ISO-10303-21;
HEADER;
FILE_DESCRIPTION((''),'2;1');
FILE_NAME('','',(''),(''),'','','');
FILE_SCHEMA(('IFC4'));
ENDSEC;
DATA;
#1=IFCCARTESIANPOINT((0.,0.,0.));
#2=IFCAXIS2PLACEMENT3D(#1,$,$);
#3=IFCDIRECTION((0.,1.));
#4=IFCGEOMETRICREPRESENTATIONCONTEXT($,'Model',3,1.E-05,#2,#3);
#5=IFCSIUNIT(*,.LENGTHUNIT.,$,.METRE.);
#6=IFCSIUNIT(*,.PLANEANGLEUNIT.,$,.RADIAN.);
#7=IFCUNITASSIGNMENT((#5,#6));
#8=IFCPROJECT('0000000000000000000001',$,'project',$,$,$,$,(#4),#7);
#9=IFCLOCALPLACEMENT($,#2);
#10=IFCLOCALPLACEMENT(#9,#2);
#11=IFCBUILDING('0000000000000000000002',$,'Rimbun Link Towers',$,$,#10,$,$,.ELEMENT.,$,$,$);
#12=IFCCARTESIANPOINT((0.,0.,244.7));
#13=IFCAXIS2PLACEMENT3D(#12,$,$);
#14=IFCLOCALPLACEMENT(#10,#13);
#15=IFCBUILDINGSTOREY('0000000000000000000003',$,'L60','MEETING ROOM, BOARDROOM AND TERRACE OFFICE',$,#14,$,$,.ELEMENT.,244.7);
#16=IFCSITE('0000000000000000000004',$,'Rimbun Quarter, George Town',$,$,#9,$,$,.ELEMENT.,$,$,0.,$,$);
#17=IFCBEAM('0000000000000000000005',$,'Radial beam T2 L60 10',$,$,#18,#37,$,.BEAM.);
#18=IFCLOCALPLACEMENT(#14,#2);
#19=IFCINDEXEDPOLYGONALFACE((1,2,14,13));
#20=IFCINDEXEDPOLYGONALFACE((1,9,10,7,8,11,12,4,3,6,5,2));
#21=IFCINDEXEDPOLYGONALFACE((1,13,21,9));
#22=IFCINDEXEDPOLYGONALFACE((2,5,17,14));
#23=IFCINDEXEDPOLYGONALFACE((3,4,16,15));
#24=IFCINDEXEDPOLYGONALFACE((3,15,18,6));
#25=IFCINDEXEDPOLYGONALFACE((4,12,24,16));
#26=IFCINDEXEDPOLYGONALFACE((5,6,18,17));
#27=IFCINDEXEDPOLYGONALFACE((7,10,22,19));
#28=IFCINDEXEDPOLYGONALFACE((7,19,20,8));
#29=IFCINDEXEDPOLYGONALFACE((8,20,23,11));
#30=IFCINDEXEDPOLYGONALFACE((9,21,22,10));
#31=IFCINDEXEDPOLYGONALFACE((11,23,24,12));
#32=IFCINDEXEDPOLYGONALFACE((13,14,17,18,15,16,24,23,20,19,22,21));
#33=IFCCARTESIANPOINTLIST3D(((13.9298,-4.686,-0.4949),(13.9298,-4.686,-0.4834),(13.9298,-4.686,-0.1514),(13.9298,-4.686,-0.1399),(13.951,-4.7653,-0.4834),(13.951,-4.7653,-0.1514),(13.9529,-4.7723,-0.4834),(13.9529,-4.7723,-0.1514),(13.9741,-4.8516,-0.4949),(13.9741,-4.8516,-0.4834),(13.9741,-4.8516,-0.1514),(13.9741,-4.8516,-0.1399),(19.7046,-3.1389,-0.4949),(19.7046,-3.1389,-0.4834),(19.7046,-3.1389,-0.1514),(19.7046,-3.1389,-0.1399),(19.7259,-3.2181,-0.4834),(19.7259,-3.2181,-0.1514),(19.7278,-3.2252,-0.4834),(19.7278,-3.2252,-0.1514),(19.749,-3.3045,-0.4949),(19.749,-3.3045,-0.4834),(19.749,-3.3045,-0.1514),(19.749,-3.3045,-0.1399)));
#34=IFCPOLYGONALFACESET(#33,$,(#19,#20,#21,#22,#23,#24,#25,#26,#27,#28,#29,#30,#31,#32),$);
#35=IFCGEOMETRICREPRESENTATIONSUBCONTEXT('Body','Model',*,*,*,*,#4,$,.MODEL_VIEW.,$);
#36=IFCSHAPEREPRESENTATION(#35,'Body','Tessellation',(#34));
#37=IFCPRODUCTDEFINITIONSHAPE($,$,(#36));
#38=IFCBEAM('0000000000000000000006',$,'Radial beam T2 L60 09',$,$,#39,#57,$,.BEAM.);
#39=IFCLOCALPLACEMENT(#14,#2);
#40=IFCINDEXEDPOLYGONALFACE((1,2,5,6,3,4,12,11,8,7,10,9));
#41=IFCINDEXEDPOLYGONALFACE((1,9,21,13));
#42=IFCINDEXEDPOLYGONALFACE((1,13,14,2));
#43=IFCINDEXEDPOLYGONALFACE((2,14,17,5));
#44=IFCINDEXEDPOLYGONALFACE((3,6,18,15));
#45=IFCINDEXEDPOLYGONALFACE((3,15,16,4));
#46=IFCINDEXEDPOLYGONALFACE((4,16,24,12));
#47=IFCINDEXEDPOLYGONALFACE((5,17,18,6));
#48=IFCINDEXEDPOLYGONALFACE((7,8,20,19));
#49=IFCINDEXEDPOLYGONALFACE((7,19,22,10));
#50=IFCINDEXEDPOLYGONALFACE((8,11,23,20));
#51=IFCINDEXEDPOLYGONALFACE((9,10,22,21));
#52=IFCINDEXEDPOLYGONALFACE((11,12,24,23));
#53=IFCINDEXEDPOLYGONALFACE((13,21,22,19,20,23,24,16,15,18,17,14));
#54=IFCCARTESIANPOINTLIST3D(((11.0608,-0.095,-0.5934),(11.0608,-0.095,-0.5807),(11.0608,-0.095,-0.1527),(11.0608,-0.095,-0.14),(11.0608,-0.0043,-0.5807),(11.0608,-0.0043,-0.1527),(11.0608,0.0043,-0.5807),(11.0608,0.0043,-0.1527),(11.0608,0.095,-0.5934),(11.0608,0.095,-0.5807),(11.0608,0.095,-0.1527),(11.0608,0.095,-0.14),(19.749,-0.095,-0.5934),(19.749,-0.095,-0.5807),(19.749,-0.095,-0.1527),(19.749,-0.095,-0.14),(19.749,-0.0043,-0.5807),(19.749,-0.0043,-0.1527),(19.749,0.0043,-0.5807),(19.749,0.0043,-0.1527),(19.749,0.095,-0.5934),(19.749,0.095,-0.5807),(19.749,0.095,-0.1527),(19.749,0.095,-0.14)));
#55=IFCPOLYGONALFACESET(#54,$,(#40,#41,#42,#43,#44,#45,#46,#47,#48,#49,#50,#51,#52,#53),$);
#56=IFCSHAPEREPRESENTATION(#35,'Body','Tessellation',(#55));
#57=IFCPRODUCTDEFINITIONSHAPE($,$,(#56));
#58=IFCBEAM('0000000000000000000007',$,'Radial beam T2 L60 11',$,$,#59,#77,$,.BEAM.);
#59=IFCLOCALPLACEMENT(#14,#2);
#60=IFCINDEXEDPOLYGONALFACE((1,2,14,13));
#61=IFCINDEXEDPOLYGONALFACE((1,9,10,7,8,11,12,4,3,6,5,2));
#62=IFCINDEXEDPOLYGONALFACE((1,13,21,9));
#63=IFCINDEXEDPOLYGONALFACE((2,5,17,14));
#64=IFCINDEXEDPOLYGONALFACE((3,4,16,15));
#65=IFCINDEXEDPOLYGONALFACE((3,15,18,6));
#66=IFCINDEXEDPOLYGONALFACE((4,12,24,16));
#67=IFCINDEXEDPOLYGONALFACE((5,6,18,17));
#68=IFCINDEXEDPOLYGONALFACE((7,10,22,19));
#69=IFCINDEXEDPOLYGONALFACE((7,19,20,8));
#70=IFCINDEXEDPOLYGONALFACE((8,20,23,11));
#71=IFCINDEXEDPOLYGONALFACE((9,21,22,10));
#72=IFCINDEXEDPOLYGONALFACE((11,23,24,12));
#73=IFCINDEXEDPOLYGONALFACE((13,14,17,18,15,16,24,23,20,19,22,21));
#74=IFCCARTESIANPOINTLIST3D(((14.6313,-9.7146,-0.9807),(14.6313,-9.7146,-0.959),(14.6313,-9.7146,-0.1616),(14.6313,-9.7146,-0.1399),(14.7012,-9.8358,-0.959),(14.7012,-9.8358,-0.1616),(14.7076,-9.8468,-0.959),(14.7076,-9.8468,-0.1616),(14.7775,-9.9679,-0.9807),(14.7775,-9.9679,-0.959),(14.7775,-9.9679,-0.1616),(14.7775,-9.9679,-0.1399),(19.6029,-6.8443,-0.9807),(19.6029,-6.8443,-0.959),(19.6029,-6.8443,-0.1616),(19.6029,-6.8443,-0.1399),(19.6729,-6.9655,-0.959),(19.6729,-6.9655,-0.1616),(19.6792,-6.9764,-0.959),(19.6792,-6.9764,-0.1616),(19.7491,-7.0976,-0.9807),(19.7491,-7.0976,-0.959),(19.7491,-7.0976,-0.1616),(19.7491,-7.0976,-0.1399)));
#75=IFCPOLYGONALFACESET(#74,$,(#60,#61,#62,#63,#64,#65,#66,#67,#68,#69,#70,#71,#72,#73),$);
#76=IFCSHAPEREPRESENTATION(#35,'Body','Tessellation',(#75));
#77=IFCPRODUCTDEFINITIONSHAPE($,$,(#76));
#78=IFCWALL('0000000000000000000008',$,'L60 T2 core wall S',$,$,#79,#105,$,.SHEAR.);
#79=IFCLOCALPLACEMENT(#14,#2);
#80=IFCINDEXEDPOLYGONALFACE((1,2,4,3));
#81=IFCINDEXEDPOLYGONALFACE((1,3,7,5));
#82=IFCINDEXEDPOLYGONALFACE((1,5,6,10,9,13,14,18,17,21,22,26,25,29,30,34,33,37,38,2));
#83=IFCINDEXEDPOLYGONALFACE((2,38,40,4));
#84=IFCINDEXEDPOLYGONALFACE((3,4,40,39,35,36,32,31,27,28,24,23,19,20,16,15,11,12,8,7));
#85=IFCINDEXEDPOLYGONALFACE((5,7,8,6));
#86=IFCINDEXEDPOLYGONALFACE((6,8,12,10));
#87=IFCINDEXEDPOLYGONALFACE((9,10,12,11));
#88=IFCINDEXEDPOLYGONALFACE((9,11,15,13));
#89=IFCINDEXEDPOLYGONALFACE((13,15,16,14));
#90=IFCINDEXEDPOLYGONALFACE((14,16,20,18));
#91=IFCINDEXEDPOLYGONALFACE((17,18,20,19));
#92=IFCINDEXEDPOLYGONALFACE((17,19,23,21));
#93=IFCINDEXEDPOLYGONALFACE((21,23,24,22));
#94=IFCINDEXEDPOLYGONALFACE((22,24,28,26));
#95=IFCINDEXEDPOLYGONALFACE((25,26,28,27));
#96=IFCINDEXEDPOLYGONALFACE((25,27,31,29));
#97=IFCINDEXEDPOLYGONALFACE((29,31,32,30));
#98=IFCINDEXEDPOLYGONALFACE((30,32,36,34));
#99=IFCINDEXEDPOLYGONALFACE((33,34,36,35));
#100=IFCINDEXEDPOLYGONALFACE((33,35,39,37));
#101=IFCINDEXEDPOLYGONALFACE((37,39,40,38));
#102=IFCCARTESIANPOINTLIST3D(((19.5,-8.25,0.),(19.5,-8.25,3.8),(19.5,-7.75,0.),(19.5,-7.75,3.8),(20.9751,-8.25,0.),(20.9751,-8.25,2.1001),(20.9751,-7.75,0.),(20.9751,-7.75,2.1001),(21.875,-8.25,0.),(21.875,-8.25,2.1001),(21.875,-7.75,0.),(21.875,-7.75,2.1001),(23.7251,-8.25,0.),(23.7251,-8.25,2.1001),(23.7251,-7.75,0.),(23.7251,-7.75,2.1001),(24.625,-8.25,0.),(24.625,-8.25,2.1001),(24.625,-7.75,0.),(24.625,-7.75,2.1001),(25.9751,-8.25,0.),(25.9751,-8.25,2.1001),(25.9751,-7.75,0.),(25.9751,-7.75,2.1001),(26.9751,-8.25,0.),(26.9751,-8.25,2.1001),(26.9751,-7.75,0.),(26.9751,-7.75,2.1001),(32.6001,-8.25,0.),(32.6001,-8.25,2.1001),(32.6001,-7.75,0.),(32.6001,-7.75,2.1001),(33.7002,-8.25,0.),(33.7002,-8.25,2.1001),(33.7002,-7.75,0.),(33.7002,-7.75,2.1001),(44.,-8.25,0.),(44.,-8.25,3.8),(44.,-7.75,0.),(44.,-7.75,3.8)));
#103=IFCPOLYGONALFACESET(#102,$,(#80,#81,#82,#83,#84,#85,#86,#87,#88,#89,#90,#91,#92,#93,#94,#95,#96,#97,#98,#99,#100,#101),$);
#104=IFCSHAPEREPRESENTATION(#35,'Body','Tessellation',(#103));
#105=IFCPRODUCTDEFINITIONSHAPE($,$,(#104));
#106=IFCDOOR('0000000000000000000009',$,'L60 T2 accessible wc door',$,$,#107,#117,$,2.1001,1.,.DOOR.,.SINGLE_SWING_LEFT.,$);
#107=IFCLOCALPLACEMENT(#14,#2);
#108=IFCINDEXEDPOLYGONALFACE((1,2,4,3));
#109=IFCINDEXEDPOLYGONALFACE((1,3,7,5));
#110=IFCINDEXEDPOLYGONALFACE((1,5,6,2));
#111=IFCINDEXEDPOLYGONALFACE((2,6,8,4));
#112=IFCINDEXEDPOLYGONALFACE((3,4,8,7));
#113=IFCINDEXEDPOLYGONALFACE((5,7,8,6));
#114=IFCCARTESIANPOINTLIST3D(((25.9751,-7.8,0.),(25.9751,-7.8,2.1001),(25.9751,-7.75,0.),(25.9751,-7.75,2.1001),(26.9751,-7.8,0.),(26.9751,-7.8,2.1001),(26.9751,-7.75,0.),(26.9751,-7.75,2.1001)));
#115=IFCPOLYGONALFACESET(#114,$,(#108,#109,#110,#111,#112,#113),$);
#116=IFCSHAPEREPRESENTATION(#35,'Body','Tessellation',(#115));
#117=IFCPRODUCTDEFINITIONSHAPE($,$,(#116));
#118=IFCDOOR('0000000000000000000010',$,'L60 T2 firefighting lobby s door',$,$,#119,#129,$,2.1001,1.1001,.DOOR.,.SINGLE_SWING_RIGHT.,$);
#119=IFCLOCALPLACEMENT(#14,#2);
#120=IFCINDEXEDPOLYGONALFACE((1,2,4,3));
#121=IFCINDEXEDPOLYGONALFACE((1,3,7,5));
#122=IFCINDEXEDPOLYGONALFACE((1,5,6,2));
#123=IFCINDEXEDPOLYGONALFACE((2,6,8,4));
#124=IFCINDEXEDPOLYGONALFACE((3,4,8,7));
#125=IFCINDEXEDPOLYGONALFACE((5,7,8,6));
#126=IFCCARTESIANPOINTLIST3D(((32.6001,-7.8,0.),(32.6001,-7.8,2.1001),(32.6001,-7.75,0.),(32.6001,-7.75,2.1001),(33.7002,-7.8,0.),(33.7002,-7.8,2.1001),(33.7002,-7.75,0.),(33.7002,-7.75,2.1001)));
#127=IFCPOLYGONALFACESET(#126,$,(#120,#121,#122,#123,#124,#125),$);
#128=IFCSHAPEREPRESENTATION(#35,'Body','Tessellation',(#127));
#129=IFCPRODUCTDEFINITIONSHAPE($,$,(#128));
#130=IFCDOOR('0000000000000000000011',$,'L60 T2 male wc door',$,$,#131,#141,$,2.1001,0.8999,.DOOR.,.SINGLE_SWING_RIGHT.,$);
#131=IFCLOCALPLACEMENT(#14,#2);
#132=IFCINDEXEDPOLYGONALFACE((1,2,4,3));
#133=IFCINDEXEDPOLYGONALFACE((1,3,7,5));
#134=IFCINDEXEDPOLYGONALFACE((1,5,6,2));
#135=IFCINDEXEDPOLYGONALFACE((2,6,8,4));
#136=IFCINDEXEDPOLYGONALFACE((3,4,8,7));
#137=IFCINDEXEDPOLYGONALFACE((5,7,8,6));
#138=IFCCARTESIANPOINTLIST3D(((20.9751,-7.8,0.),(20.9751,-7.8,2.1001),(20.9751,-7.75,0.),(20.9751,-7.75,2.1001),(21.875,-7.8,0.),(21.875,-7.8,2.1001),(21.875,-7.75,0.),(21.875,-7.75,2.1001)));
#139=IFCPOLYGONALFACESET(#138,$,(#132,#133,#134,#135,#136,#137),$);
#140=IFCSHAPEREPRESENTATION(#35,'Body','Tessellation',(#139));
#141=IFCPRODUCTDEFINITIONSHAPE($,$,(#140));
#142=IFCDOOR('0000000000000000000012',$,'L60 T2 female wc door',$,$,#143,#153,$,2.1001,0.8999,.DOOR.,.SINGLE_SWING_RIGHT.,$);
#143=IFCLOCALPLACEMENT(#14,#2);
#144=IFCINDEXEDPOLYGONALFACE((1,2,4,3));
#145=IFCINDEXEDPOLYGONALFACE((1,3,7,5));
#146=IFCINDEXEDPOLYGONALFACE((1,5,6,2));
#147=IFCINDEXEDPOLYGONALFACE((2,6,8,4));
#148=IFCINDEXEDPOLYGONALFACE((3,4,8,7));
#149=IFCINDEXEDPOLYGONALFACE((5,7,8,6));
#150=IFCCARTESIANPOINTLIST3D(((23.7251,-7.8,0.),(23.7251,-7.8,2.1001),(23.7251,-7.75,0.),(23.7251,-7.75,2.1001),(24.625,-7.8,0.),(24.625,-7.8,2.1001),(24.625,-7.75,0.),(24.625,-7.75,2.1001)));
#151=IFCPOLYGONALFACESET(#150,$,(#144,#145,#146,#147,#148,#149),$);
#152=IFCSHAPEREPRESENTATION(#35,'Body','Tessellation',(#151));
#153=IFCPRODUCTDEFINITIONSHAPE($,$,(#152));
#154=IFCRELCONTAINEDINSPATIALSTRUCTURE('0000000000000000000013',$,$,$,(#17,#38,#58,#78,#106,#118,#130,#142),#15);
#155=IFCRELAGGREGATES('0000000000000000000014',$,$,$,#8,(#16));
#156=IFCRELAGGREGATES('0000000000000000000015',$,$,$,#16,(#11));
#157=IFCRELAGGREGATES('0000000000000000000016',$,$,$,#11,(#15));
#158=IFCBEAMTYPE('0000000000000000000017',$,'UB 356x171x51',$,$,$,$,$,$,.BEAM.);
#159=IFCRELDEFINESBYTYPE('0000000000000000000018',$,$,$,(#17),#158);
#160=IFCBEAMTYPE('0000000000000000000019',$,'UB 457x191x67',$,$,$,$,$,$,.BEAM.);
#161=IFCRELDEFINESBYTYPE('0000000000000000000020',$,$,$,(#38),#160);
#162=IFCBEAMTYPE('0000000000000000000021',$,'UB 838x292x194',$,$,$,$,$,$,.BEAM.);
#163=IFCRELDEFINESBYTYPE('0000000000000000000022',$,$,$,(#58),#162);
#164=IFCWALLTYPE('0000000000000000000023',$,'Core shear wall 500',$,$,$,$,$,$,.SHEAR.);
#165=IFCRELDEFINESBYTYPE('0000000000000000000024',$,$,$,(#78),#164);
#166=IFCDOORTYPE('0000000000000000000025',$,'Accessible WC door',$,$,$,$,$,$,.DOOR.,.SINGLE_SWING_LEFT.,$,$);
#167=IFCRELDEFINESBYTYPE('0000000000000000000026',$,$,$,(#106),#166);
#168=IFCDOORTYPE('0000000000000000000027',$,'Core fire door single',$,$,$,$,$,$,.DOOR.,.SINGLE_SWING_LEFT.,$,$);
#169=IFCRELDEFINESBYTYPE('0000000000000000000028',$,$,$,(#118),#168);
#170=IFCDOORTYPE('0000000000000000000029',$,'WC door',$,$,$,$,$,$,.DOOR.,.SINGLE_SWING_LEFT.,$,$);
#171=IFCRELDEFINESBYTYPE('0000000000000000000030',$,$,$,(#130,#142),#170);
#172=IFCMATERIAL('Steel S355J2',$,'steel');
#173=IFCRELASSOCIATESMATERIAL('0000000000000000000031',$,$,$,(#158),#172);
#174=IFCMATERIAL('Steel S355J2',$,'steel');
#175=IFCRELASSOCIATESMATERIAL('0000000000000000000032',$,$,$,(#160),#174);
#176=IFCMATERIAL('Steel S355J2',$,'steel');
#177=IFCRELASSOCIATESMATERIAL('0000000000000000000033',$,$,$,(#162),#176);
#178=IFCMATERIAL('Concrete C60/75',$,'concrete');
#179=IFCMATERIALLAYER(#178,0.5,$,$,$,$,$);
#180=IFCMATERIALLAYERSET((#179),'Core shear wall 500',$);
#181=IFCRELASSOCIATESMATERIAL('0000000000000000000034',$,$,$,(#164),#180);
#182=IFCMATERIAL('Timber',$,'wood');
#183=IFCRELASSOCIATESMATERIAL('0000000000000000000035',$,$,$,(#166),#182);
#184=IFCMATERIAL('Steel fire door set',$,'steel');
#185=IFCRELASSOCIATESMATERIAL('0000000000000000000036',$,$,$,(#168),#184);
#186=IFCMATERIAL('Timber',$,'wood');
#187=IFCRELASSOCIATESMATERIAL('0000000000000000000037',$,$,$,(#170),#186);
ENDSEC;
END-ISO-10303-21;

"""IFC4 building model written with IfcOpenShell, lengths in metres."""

from ifc_helpers import new_model, si_unit, direction, frame, frame_2d, origin, origin_2d, place, context, subcontext, project, spatial, rectangle, i_section, extrude, material, layer, layer_set, material_profile, profile_set, type_object, element, fill, save


model = new_model("IFC4")

# Units and contexts
model_context = context("Model", 3, precision=1e-05, world=origin(), true_north=direction((0.0, 1.0)))
body_context = subcontext(model_context, "Body", "Model", "MODEL_VIEW")
ifc_project = project(units=[si_unit("LENGTHUNIT", "METRE"), si_unit("PLANEANGLEUNIT", "RADIAN")], contexts=[model_context])

# Site, building, storey
site_placement = place(None, origin())
site = spatial("IfcSite", under=ifc_project, at=site_placement, Name="Rimbun Quarter, George Town", CompositionType="ELEMENT", RefElevation=0.0)
building_placement = place(site_placement, origin())
building = spatial("IfcBuilding", under=site, at=building_placement, Name="Rimbun Link Towers", CompositionType="ELEMENT")
storey_placement = place(building_placement, frame((0.0, 0.0, 244.7)))
storey = spatial("IfcBuildingStorey", under=building, at=storey_placement, Name="L60", Description="MEETING ROOM, BOARDROOM AND TERRACE OFFICE", CompositionType="ELEMENT", Elevation=244.7)

# Beams
ifc_material_1 = material(Name="Steel S355J2", Category="steel")
ifc_material_profile_1 = material_profile(ifc_material_1, i_section(OverallWidth=0.1714, OverallDepth=0.355, WebThickness=0.0073, FlangeThickness=0.0115, at=origin_2d()), Name="UB 356x171x51")
ifc_profile_set_1 = profile_set([ifc_material_profile_1], Name="Steel S355J2")
beam_type_1 = type_object("IfcBeamType", Name="UB 356x171x51", PredefinedType="BEAM", material=ifc_profile_set_1)
beam_1_placement = place(storey_placement, frame((19.7268, -3.2217, -0.3174), z_axis=(-0.965937, -0.258778, 0.0), x_axis=(0.258778, -0.965937, 0.0)))
element("IfcBeam", 1, at=beam_1_placement, inside=storey, type_object=beam_type_1, Name="Radial beam T2 L60 10", PredefinedType="BEAM", context=body_context, shape_type="SweptSolid", body=[
    extrude(i_section(OverallWidth=0.1714, OverallDepth=0.355, WebThickness=0.0073, FlangeThickness=0.0115, at=origin_2d()), origin(), (0.0, 0.0, 1.0), 5.9785),
])
ifc_material_2 = material(Name="Steel S355J2", Category="steel")
ifc_material_profile_2 = material_profile(ifc_material_2, i_section(OverallWidth=0.1899, OverallDepth=0.4534, WebThickness=0.0085, FlangeThickness=0.0127, at=origin_2d()), Name="UB 457x191x67")
ifc_profile_set_2 = profile_set([ifc_material_profile_2], Name="Steel S355J2")
beam_type_2 = type_object("IfcBeamType", Name="UB 457x191x67", PredefinedType="BEAM", material=ifc_profile_set_2)
beam_2_placement = place(storey_placement, frame((19.749, 0.0, -0.3667), z_axis=(-1.0, 0.0, 0.0), x_axis=(0.0, -1.0, 0.0)))
element("IfcBeam", 2, at=beam_2_placement, inside=storey, type_object=beam_type_2, Name="Radial beam T2 L60 09", PredefinedType="BEAM", context=body_context, shape_type="SweptSolid", body=[
    extrude(i_section(OverallWidth=0.1899, OverallDepth=0.4534, WebThickness=0.0085, FlangeThickness=0.0127, at=origin_2d()), origin(), (0.0, 0.0, 1.0), 8.6882),
])
ifc_material_3 = material(Name="Steel S355J2", Category="steel")
ifc_material_profile_3 = material_profile(ifc_material_3, i_section(OverallWidth=0.2925, OverallDepth=0.8408, WebThickness=0.0127, FlangeThickness=0.0217, at=origin_2d()), Name="UB 838x292x194")
ifc_profile_set_3 = profile_set([ifc_material_profile_3], Name="Steel S355J2")
beam_type_3 = type_object("IfcBeamType", Name="UB 838x292x194", PredefinedType="BEAM", material=ifc_profile_set_3)
beam_3_placement = place(storey_placement, frame((19.676, -6.9709, -0.5603), z_axis=(-0.866028, -0.499995, 0.0), x_axis=(0.499995, -0.866028, 0.0)))
element("IfcBeam", 3, at=beam_3_placement, inside=storey, type_object=beam_type_3, Name="Radial beam T2 L60 11", PredefinedType="BEAM", context=body_context, shape_type="SweptSolid", body=[
    extrude(i_section(OverallWidth=0.2925, OverallDepth=0.8408, WebThickness=0.0127, FlangeThickness=0.0217, at=origin_2d()), origin(), (0.0, 0.0, 1.0), 5.7407),
])

# Wall, openings, doors
ifc_material_4 = material(Name="Concrete C60/75", Category="concrete")
ifc_layer_1 = layer(ifc_material_4, 0.5)
ifc_layer_set_1 = layer_set([ifc_layer_1], Name="Core shear wall 500")
wall_type_1 = type_object("IfcWallType", Name="Core shear wall 500", PredefinedType="SHEAR", material=ifc_layer_set_1)
wall_1_placement = place(storey_placement, frame((19.5, -8.0, 0.0), z_axis=(0.0, 0.0, 1.0), x_axis=(1.0, 0.0, 0.0)))
wall_1 = element("IfcWall", 4, at=wall_1_placement, inside=storey, type_object=wall_type_1, Name="L60 T2 core wall S", PredefinedType="SHEAR", context=body_context, shape_type="SweptSolid", body=[
    extrude(rectangle(XDim=24.5, YDim=0.5, at=frame_2d((12.25, 0.0))), origin(), (0.0, 0.0, 1.0), 3.8),
])
opening_1_placement = place(wall_1_placement, frame((13.1001, 0.0, 0.0)))
opening_1 = element("IfcOpeningElement", 5, at=opening_1_placement, cuts=wall_1, PredefinedType="OPENING", context=body_context, shape_type="SweptSolid", body=[
    extrude(rectangle(XDim=1.1001, YDim=2.1001, at=frame_2d((0.55, 1.05))), frame((0.0, 0.26, 0.0), z_axis=(0.0, -1.0, 0.0), x_axis=(1.0, 0.0, 0.0)), (0.0, 0.0, 1.0), 0.52),
])
opening_2_placement = place(wall_1_placement, frame((1.4751, 0.0, 0.0)))
opening_2 = element("IfcOpeningElement", 6, at=opening_2_placement, cuts=wall_1, PredefinedType="OPENING", context=body_context, shape_type="SweptSolid", body=[
    extrude(rectangle(XDim=0.8999, YDim=2.1001, at=frame_2d((0.45, 1.05))), frame((0.0, 0.26, 0.0), z_axis=(0.0, -1.0, 0.0), x_axis=(1.0, 0.0, 0.0)), (0.0, 0.0, 1.0), 0.52),
])
opening_3_placement = place(wall_1_placement, frame((4.2251, 0.0, 0.0)))
opening_3 = element("IfcOpeningElement", 7, at=opening_3_placement, cuts=wall_1, PredefinedType="OPENING", context=body_context, shape_type="SweptSolid", body=[
    extrude(rectangle(XDim=0.8999, YDim=2.1001, at=frame_2d((0.45, 1.05))), frame((0.0, 0.26, 0.0), z_axis=(0.0, -1.0, 0.0), x_axis=(1.0, 0.0, 0.0)), (0.0, 0.0, 1.0), 0.52),
])
opening_4_placement = place(wall_1_placement, frame((6.4751, 0.0, 0.0)))
opening_4 = element("IfcOpeningElement", 8, at=opening_4_placement, cuts=wall_1, PredefinedType="OPENING", context=body_context, shape_type="SweptSolid", body=[
    extrude(rectangle(XDim=1.0, YDim=2.1001, at=frame_2d((0.5, 1.05))), frame((0.0, 0.26, 0.0), z_axis=(0.0, -1.0, 0.0), x_axis=(1.0, 0.0, 0.0)), (0.0, 0.0, 1.0), 0.52),
])
ifc_material_5 = material(Name="Timber", Category="wood")
door_type_1 = type_object("IfcDoorType", Name="Accessible WC door", OperationType="SINGLE_SWING_LEFT", PredefinedType="DOOR", material=ifc_material_5)
door_1_placement = place(opening_4_placement, origin())
door_1 = element("IfcDoor", 9, at=door_1_placement, inside=storey, type_object=door_type_1, Name="L60 T2 accessible wc door", OperationType="SINGLE_SWING_LEFT", OverallHeight=2.1001, OverallWidth=1.0, PredefinedType="DOOR", context=body_context, shape_type="SweptSolid", body=[
    extrude(rectangle(XDim=1.0, YDim=2.1001, at=frame_2d((0.5, 1.05))), frame((0.0, 0.25, 0.0), z_axis=(0.0, -1.0, 0.0), x_axis=(1.0, 0.0, 0.0)), (0.0, 0.0, 1.0), 0.05),
])
fill(opening_4, door_1)
ifc_material_6 = material(Name="Steel fire door set", Category="steel")
door_type_2 = type_object("IfcDoorType", Name="Core fire door single", OperationType="SINGLE_SWING_LEFT", PredefinedType="DOOR", material=ifc_material_6)
door_2_placement = place(opening_1_placement, origin())
door_2 = element("IfcDoor", 10, at=door_2_placement, inside=storey, type_object=door_type_2, Name="L60 T2 firefighting lobby s door", OperationType="SINGLE_SWING_RIGHT", OverallHeight=2.1001, OverallWidth=1.1001, PredefinedType="DOOR", context=body_context, shape_type="SweptSolid", body=[
    extrude(rectangle(XDim=1.1001, YDim=2.1001, at=frame_2d((0.55, 1.05))), frame((0.0, 0.25, 0.0), z_axis=(0.0, -1.0, 0.0), x_axis=(1.0, 0.0, 0.0)), (0.0, 0.0, 1.0), 0.05),
])
fill(opening_1, door_2)
ifc_material_7 = material(Name="Timber", Category="wood")
door_type_3 = type_object("IfcDoorType", Name="WC door", OperationType="SINGLE_SWING_LEFT", PredefinedType="DOOR", material=ifc_material_7)
door_3_placement = place(opening_2_placement, origin())
door_3 = element("IfcDoor", 11, at=door_3_placement, inside=storey, type_object=door_type_3, Name="L60 T2 male wc door", OperationType="SINGLE_SWING_RIGHT", OverallHeight=2.1001, OverallWidth=0.8999, PredefinedType="DOOR", context=body_context, shape_type="SweptSolid", body=[
    extrude(rectangle(XDim=0.8999, YDim=2.1001, at=frame_2d((0.45, 1.05))), frame((0.0, 0.25, 0.0), z_axis=(0.0, -1.0, 0.0), x_axis=(1.0, 0.0, 0.0)), (0.0, 0.0, 1.0), 0.05),
])
fill(opening_2, door_3)
door_4_placement = place(opening_3_placement, origin())
door_4 = element("IfcDoor", 12, at=door_4_placement, inside=storey, type_object=door_type_3, Name="L60 T2 female wc door", OperationType="SINGLE_SWING_RIGHT", OverallHeight=2.1001, OverallWidth=0.8999, PredefinedType="DOOR", context=body_context, shape_type="SweptSolid", body=[
    extrude(rectangle(XDim=0.8999, YDim=2.1001, at=frame_2d((0.45, 1.05))), frame((0.0, 0.25, 0.0), z_axis=(0.0, -1.0, 0.0), x_axis=(1.0, 0.0, 0.0)), (0.0, 0.0, 1.0), 0.05),
])
fill(opening_3, door_4)

save(model, "model.ifc")
